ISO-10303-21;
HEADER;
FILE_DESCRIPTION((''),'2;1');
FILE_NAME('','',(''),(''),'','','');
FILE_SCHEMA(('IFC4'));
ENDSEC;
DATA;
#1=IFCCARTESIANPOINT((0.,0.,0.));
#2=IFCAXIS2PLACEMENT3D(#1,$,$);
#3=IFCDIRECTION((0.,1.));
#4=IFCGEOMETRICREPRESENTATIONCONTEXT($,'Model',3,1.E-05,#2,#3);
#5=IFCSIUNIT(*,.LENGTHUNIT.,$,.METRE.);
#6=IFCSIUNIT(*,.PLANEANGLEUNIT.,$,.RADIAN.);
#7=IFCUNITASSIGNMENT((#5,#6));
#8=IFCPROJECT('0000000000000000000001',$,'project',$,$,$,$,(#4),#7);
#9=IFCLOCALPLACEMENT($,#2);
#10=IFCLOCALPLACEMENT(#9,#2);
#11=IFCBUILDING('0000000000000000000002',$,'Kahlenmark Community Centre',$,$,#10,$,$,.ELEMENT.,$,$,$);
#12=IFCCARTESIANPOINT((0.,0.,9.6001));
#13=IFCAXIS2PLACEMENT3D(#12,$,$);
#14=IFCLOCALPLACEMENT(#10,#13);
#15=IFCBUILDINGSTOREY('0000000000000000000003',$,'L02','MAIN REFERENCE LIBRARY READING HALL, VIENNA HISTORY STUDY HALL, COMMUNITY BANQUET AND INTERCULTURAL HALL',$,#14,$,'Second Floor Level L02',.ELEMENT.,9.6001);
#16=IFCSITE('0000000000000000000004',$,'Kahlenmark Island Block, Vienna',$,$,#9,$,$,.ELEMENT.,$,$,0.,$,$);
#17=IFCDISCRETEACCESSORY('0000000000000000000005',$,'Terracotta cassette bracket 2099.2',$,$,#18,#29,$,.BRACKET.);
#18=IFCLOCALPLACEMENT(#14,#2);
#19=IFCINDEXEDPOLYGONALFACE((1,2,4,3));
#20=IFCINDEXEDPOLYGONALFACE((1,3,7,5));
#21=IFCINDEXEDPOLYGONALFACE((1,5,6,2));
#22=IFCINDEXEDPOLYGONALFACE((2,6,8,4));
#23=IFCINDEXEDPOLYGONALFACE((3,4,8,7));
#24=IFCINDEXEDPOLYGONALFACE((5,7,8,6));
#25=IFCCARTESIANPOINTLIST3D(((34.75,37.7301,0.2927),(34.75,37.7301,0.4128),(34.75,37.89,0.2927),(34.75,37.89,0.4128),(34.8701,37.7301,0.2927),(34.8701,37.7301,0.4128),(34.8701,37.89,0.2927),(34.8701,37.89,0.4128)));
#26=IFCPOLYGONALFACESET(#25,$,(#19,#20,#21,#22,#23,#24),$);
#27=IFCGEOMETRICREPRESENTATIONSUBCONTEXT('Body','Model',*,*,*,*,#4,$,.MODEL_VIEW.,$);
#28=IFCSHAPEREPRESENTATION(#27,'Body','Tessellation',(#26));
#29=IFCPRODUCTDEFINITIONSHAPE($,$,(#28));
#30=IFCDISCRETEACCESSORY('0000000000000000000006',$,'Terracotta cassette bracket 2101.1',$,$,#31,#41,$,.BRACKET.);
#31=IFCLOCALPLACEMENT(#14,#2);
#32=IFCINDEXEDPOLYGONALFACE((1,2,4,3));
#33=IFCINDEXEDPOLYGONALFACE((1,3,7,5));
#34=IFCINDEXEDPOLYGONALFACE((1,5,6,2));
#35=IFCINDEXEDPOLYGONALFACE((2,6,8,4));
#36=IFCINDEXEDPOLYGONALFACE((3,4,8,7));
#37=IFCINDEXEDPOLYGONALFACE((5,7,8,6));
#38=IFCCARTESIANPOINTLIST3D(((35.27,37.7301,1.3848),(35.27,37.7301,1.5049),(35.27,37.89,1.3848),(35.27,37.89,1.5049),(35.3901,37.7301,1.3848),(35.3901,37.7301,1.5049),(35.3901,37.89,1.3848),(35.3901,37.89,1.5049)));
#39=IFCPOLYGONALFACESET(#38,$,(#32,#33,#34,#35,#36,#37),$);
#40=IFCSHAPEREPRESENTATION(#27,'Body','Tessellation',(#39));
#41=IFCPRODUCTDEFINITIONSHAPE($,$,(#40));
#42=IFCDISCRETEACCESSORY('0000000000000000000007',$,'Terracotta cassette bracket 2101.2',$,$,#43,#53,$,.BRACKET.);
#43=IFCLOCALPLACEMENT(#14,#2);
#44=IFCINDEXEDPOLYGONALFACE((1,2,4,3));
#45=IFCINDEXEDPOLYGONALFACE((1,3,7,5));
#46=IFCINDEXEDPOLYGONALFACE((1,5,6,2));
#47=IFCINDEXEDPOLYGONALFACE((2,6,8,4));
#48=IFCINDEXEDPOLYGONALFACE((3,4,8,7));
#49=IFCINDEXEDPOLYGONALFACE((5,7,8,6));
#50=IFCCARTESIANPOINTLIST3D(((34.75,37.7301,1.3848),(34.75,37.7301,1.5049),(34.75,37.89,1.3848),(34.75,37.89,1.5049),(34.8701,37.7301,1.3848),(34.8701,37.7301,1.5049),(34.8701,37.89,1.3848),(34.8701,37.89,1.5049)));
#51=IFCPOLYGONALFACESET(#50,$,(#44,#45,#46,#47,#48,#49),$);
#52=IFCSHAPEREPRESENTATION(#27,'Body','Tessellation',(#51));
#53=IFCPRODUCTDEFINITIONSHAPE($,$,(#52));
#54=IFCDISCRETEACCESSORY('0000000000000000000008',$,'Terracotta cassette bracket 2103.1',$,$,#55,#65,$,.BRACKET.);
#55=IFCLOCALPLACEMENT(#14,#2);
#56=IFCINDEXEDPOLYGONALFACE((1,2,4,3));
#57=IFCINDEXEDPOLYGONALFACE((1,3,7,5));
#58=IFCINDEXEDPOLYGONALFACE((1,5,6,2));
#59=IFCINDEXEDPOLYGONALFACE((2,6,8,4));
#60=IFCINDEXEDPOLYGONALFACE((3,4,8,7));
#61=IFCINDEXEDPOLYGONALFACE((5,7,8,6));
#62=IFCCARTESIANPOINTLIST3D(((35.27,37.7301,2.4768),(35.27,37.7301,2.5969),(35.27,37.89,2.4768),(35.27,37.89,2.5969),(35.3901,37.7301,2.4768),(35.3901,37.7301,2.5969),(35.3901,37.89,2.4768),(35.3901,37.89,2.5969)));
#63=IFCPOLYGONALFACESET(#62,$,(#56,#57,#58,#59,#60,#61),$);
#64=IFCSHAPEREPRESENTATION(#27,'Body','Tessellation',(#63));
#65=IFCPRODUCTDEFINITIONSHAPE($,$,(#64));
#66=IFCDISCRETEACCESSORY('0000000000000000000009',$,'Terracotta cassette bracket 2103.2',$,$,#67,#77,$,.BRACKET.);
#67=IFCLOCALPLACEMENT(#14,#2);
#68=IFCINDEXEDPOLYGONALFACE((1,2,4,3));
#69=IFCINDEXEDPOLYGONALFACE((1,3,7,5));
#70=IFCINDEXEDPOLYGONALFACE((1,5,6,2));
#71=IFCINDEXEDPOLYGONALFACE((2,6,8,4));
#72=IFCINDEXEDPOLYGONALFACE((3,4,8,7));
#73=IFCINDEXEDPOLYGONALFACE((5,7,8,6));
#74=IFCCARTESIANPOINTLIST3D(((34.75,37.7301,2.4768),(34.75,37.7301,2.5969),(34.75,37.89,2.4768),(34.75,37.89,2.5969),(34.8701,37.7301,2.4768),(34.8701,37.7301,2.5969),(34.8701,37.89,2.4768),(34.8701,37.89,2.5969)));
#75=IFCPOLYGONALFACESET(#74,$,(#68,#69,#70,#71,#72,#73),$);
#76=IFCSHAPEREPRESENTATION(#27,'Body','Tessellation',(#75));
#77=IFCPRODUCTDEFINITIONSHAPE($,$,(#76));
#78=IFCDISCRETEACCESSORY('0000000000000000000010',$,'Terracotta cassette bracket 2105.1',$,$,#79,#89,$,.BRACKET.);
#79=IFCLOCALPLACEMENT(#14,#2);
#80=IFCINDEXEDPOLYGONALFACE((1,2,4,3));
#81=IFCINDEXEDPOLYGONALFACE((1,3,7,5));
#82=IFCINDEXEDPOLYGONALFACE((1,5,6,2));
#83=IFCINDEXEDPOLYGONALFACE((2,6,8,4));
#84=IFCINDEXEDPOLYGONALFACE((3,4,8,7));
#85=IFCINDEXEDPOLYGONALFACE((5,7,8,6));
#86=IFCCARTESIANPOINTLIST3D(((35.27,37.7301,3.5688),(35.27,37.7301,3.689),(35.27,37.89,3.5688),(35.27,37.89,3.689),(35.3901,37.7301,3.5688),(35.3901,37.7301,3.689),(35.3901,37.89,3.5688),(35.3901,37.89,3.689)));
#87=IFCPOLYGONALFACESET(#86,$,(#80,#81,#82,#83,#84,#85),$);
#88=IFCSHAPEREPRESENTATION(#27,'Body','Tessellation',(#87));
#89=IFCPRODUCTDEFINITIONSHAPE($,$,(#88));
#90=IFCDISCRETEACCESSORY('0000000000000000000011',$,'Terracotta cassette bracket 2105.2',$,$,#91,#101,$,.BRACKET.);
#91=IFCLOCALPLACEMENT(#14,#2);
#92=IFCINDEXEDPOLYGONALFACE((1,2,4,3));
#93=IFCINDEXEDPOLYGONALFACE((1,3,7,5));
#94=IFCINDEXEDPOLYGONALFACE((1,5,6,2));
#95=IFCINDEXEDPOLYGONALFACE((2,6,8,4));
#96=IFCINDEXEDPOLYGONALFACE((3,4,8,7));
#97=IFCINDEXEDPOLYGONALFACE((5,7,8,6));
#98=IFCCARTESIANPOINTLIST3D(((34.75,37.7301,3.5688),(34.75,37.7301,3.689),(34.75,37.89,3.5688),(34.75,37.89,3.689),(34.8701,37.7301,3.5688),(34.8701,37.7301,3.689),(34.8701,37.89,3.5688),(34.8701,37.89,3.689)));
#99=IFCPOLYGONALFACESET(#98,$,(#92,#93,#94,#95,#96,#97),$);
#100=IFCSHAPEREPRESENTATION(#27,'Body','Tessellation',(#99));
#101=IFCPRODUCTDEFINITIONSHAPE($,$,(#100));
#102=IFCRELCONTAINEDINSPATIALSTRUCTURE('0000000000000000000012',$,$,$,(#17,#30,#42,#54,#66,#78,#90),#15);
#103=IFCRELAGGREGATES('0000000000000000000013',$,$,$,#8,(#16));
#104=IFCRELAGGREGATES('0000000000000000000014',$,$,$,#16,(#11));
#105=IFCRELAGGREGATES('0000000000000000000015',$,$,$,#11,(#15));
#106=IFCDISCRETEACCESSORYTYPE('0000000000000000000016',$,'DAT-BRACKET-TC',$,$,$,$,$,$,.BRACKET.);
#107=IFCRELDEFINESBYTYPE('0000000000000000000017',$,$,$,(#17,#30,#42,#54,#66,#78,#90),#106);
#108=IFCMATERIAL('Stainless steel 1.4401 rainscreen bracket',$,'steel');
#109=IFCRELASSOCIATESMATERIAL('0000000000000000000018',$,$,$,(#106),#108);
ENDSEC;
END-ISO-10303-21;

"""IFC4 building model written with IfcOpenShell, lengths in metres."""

from ifc_helpers import new_model, si_unit, direction, frame, origin, origin_2d, place, context, subcontext, project, spatial, rectangle, extrude, material, type_object, element, save


model = new_model("IFC4")

# Units and contexts
model_context = context("Model", 3, precision=1e-05, world=origin(), true_north=direction((0.0, 1.0)))
body_context = subcontext(model_context, "Body", "Model", "MODEL_VIEW")
ifc_project = project(units=[si_unit("LENGTHUNIT", "METRE"), si_unit("PLANEANGLEUNIT", "RADIAN")], contexts=[model_context])

# Site, building, storey
site_placement = place(None, origin())
site = spatial("IfcSite", under=ifc_project, at=site_placement, Name="Kahlenmark Island Block, Vienna", CompositionType="ELEMENT", RefElevation=0.0)
building_placement = place(site_placement, origin())
building = spatial("IfcBuilding", under=site, at=building_placement, Name="Kahlenmark Community Centre", CompositionType="ELEMENT")
storey_placement = place(building_placement, frame((0.0, 0.0, 9.6001)))
storey = spatial("IfcBuildingStorey", under=building, at=storey_placement, Name="L02", Description="MAIN REFERENCE LIBRARY READING HALL, VIENNA HISTORY STUDY HALL, COMMUNITY BANQUET AND INTERCULTURAL HALL", LongName="Second Floor Level L02", CompositionType="ELEMENT", Elevation=9.6001)

# Discrete accessories
ifc_material_1 = material(Name="Stainless steel 1.4401 rainscreen bracket", Category="steel")
discrete_accessory_type = type_object("IfcDiscreteAccessoryType", Name="DAT-BRACKET-TC", PredefinedType="BRACKET", material=ifc_material_1)
for number, where, z_axis, x_axis, name in (
    (1, (34.8101, 37.8101, 0.2927), (0.0, 0.0, 1.0), (-1.0, 0.0, 0.0), "Terracotta cassette bracket 2099.2"),
    (2, (35.3301, 37.8101, 1.3848), (0.0, 0.0, 1.0), (-1.0, 0.0, 0.0), "Terracotta cassette bracket 2101.1"),
    (3, (34.8101, 37.8101, 1.3848), (0.0, 0.0, 1.0), (-1.0, 0.0, 0.0), "Terracotta cassette bracket 2101.2"),
    (4, (35.3301, 37.8101, 2.4768), (0.0, 0.0, 1.0), (-1.0, 0.0, 0.0), "Terracotta cassette bracket 2103.1"),
    (5, (34.8101, 37.8101, 2.4768), (0.0, 0.0, 1.0), (-1.0, 0.0, 0.0), "Terracotta cassette bracket 2103.2"),
    (6, (35.3301, 37.8101, 3.5688), (0.0, 0.0, 1.0), (-1.0, 0.0, 0.0), "Terracotta cassette bracket 2105.1"),
    (7, (34.8101, 37.8101, 3.5688), (0.0, 0.0, 1.0), (-1.0, 0.0, 0.0), "Terracotta cassette bracket 2105.2"),
):
    element("IfcDiscreteAccessory", number, at=place(storey_placement, frame(where, z_axis=z_axis, x_axis=x_axis)), inside=storey, type_object=discrete_accessory_type, Name=name, PredefinedType="BRACKET", context=body_context, shape_type="SweptSolid", body=[
        extrude(rectangle(XDim=0.1201, YDim=0.1599, at=origin_2d()), origin(), (0.0, 0.0, 1.0), 0.1201),
    ])

save(model, "model.ifc")
